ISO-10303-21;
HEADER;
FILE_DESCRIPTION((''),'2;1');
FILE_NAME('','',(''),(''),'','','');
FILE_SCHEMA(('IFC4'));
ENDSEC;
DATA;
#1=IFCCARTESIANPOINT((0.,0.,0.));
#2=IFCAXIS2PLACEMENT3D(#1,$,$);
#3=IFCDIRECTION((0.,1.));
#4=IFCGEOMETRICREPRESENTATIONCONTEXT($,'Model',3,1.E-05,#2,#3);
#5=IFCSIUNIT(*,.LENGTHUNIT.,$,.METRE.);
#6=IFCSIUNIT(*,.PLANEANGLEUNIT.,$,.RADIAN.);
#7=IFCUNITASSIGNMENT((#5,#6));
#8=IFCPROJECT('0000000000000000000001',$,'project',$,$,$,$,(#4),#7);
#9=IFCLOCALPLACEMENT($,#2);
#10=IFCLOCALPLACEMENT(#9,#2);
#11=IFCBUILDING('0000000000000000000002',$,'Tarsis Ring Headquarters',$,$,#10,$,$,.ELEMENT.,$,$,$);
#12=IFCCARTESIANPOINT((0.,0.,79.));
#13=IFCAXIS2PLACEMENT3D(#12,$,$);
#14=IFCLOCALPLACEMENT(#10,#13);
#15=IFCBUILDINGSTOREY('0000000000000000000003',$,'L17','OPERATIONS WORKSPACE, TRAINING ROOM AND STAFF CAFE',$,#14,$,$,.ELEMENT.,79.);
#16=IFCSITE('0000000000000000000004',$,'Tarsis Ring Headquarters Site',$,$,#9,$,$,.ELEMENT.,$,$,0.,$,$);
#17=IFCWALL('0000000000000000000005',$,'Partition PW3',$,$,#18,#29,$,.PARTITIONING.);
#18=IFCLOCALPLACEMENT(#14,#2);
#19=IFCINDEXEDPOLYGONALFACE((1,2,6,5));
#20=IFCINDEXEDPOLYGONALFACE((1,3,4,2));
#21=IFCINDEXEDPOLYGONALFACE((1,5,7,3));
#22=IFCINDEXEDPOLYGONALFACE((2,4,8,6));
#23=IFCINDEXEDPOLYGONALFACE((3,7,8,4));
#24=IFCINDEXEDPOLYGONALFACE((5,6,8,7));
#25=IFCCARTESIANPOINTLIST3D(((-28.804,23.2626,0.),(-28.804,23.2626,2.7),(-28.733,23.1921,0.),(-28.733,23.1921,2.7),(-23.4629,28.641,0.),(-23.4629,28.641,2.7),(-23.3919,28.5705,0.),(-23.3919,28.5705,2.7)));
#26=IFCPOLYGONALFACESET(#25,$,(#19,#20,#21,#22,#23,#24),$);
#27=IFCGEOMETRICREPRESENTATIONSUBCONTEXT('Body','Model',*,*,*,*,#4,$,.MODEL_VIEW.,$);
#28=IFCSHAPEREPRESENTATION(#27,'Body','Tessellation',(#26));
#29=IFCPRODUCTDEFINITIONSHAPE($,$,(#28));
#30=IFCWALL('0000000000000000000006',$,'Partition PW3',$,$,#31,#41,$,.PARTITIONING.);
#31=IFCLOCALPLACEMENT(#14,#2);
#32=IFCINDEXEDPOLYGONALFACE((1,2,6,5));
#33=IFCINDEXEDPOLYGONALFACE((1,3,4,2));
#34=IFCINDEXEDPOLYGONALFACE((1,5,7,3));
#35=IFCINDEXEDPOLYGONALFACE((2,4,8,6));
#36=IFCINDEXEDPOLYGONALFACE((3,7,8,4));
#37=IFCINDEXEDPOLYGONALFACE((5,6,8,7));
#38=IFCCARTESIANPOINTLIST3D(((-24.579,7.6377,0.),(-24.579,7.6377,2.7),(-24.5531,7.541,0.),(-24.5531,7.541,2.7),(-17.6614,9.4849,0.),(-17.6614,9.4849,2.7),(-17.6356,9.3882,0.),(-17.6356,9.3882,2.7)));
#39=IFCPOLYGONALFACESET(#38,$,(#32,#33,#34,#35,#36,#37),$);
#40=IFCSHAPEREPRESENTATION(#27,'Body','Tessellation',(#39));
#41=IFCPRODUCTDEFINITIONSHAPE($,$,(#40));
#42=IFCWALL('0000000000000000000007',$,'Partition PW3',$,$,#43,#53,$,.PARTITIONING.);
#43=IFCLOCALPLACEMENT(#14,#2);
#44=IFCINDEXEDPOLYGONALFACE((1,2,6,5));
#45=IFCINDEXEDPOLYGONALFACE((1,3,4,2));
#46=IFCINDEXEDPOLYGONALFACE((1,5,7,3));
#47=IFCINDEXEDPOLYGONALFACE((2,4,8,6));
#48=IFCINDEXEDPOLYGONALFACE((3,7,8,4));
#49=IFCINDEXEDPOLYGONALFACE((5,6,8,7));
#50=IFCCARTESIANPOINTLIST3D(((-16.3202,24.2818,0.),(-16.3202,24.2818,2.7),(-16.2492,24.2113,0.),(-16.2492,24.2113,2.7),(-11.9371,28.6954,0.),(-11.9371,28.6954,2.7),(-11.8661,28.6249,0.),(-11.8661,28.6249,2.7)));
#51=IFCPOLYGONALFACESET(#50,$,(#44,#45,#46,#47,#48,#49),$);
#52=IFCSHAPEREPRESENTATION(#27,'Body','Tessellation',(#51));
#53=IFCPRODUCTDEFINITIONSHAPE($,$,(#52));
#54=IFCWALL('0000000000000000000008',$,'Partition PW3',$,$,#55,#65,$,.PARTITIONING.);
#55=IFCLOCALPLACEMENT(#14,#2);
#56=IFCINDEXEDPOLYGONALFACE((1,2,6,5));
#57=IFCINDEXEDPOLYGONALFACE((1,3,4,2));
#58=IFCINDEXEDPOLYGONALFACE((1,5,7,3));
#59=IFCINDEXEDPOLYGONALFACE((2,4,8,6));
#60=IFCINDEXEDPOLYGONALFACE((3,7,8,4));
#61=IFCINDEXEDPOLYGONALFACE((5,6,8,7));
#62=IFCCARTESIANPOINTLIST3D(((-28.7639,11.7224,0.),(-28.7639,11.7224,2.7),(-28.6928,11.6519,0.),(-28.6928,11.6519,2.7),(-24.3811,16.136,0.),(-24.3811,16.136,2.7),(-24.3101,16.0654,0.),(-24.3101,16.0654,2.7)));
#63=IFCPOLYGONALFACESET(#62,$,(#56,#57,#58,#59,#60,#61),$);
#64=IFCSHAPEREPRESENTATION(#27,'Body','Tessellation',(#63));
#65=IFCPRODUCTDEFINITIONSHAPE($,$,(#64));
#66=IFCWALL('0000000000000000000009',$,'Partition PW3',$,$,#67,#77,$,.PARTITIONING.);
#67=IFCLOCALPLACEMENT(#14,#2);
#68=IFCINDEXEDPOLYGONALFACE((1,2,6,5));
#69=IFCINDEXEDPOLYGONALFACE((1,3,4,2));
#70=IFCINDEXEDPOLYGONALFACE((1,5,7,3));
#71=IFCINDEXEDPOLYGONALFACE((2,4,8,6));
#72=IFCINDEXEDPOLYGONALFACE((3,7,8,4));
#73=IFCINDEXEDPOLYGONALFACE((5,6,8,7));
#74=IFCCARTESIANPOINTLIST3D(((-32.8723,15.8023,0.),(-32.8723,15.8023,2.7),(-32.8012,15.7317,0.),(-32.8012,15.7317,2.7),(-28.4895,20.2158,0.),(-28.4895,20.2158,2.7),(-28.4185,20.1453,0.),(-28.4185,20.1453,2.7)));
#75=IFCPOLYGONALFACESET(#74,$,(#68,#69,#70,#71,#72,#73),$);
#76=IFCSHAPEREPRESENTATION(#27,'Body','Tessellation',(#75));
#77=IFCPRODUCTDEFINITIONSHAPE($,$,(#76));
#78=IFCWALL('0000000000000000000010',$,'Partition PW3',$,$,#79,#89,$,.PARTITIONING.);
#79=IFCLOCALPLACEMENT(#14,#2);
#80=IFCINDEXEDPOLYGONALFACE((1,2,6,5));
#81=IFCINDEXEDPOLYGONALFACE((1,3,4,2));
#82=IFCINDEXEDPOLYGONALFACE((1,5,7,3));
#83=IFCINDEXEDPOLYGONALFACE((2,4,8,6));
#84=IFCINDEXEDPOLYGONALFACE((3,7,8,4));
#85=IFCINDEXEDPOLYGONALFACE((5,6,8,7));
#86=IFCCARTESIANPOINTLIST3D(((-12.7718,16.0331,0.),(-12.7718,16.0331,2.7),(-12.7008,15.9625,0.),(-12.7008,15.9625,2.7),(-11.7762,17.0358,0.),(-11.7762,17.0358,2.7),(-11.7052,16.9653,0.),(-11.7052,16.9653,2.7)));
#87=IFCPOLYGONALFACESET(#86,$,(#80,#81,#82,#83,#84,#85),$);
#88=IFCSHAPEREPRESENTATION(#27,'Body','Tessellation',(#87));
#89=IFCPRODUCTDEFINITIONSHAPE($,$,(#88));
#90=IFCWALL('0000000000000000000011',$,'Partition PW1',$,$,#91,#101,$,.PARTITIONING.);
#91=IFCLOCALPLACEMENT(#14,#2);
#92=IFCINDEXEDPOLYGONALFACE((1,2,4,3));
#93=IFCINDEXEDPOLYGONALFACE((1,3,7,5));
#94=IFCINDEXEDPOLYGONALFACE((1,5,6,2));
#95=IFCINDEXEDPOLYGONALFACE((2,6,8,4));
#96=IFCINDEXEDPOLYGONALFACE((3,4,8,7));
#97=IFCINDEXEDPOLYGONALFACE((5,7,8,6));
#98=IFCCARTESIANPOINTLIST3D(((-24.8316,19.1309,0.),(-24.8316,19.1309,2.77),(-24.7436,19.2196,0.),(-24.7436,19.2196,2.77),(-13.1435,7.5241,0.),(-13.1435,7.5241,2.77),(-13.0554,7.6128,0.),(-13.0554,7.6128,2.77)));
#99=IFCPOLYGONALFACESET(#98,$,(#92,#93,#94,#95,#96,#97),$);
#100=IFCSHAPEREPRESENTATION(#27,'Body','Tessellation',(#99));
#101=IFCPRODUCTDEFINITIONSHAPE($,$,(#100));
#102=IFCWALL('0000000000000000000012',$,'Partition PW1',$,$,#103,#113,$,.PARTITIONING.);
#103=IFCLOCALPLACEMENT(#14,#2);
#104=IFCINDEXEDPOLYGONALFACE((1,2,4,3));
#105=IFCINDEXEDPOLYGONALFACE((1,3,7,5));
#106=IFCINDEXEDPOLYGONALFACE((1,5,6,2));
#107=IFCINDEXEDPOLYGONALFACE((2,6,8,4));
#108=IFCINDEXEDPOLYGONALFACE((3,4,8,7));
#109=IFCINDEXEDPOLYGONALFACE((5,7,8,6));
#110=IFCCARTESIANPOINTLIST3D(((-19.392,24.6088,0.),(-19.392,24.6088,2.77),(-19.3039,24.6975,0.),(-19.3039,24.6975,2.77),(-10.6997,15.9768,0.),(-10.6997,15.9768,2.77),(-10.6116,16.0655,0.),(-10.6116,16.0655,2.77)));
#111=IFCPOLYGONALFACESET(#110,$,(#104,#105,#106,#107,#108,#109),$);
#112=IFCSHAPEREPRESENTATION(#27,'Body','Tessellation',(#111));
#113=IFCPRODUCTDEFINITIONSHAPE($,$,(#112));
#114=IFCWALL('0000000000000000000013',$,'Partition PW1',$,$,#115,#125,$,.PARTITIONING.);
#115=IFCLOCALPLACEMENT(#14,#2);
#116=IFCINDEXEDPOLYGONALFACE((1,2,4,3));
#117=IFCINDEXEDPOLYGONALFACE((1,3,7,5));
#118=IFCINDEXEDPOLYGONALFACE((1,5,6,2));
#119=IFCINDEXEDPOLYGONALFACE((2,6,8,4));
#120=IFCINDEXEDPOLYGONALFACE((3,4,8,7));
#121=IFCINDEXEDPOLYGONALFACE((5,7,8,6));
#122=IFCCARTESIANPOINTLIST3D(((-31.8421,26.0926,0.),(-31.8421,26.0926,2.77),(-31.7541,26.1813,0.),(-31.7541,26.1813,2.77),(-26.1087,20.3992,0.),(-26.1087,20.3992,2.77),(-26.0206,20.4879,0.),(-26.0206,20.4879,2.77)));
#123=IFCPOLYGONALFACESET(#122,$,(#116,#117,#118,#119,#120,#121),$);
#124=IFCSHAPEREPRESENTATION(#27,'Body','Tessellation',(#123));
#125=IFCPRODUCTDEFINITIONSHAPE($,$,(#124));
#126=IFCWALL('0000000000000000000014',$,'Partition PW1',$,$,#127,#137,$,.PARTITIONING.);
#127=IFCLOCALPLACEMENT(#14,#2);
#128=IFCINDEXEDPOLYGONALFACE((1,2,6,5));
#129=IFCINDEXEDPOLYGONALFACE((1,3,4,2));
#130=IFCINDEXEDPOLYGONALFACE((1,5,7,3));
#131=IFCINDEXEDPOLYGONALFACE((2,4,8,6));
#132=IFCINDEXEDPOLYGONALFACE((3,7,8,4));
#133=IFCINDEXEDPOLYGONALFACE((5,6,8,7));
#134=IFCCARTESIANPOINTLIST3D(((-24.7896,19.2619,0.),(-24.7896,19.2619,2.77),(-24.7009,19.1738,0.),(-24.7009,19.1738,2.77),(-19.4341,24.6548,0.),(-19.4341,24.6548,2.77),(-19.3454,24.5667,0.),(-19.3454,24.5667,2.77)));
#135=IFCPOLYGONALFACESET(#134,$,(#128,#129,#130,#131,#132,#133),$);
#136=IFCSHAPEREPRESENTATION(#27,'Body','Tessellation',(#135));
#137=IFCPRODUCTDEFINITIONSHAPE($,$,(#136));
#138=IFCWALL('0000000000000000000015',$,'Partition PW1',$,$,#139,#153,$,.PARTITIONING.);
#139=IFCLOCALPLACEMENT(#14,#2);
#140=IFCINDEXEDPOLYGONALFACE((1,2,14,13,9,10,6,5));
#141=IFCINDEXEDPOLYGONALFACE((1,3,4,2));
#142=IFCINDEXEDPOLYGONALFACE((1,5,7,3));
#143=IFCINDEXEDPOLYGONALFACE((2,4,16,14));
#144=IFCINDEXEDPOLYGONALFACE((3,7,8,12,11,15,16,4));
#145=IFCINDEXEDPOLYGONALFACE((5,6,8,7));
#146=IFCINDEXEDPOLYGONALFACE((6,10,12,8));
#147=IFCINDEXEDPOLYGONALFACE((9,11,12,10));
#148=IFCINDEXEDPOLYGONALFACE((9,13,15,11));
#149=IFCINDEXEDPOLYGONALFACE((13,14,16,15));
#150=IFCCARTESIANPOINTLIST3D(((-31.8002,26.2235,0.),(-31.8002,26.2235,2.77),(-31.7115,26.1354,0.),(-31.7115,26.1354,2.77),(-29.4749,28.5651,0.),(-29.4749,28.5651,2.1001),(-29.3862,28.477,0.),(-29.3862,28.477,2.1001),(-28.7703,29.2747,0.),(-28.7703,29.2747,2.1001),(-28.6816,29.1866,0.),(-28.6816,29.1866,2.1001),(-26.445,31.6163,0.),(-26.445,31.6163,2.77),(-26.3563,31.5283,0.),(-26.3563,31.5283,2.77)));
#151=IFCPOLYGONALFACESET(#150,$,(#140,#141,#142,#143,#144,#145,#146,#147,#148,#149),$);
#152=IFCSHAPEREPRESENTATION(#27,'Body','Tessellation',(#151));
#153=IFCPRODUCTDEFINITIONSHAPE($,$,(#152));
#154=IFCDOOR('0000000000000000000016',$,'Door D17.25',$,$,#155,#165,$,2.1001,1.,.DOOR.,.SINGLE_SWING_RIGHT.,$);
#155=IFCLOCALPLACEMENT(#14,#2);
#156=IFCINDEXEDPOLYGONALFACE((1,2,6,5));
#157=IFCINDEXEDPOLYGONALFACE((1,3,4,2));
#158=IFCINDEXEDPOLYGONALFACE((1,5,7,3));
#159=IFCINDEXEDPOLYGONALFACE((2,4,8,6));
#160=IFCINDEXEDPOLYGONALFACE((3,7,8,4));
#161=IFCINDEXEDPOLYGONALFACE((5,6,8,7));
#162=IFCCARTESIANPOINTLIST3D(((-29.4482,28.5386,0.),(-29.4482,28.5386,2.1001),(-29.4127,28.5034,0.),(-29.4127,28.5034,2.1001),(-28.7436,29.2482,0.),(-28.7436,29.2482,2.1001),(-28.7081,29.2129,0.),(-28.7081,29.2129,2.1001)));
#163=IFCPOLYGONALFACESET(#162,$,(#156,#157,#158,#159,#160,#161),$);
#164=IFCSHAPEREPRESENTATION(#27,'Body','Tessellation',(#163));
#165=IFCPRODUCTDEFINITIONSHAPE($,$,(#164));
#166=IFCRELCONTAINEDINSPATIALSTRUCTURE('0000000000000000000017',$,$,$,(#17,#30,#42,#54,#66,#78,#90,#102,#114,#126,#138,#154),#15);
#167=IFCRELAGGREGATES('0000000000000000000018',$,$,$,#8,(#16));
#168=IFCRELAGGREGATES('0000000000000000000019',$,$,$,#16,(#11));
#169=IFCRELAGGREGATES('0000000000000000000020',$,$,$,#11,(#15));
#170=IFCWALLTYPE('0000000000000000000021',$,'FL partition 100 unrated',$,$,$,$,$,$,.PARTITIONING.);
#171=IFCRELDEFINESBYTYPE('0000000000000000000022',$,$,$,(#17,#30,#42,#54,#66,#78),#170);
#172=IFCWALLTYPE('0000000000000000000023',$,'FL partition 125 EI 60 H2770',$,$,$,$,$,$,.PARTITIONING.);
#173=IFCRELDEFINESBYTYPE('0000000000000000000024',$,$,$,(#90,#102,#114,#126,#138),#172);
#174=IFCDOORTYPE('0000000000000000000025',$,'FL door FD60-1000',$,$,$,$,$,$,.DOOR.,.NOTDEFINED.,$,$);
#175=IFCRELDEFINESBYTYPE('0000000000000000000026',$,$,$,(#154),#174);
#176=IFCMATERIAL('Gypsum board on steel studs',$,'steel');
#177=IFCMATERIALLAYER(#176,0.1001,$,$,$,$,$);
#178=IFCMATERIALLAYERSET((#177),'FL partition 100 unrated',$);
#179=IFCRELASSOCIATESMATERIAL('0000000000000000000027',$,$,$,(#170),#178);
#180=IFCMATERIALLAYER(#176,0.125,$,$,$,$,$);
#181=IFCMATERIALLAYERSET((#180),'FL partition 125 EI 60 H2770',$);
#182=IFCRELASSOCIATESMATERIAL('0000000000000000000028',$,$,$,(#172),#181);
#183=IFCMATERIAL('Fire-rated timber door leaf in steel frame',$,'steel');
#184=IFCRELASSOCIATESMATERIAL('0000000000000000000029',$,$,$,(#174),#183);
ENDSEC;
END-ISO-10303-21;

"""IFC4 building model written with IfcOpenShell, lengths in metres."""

from ifc_helpers import new_model, si_unit, direction, frame, frame_2d, origin, place, context, subcontext, project, spatial, rectangle, extrude, material, layer, layer_set, type_object, element, fill, save


model = new_model("IFC4")

# Units and contexts
model_context = context("Model", 3, precision=1e-05, world=origin(), true_north=direction((0.0, 1.0)))
body_context = subcontext(model_context, "Body", "Model", "MODEL_VIEW")
ifc_project = project(units=[si_unit("LENGTHUNIT", "METRE"), si_unit("PLANEANGLEUNIT", "RADIAN")], contexts=[model_context])

# Site, building, storey
site_placement = place(None, origin())
site = spatial("IfcSite", under=ifc_project, at=site_placement, Name="Tarsis Ring Headquarters Site", CompositionType="ELEMENT", RefElevation=0.0)
building_placement = place(site_placement, origin())
building = spatial("IfcBuilding", under=site, at=building_placement, Name="Tarsis Ring Headquarters", CompositionType="ELEMENT")
storey_placement = place(building_placement, frame((0.0, 0.0, 79.0)))
storey = spatial("IfcBuildingStorey", under=building, at=storey_placement, Name="L17", Description="OPERATIONS WORKSPACE, TRAINING ROOM AND STAFF CAFE", CompositionType="ELEMENT", Elevation=79.0)

# Walls
ifc_material_1 = material(Name="Gypsum board on steel studs", Category="steel")
ifc_layer_1 = layer(ifc_material_1, 0.1001)
ifc_layer_set_1 = layer_set([ifc_layer_1], Name="FL partition 100 unrated")
wall_type_1 = type_object("IfcWallType", Name="FL partition 100 unrated", PredefinedType="PARTITIONING", material=ifc_layer_set_1)
wall_1_placement = place(storey_placement, frame((-28.7686, 23.2273, 0.0), z_axis=(0.0, 0.0, 1.0), x_axis=(0.704638, 0.709566, 0.0)))
element("IfcWall", 1, at=wall_1_placement, inside=storey, type_object=wall_type_1, Name="Partition PW3", PredefinedType="PARTITIONING", context=body_context, shape_type="SweptSolid", body=[
    extrude(rectangle(XDim=7.5798, YDim=0.1001, at=frame_2d((3.79, 0.0))), origin(), (0.0, 0.0, 1.0), 2.7),
])
wall_2_placement = place(storey_placement, frame((-24.5662, 7.5894, 0.0), z_axis=(0.0, 0.0, 1.0), x_axis=(0.966148, 0.257989, 0.0)))
element("IfcWall", 2, at=wall_2_placement, inside=storey, type_object=wall_type_1, Name="Partition PW3", PredefinedType="PARTITIONING", context=body_context, shape_type="SweptSolid", body=[
    extrude(rectangle(XDim=7.1599, YDim=0.1001, at=frame_2d((3.5801, 0.0))), origin(), (0.0, 0.0, 1.0), 2.7),
])
wall_3_placement = place(storey_placement, frame((-16.2847, 24.2466, 0.0), z_axis=(0.0, 0.0, 1.0), x_axis=(0.704649, 0.709556, 0.0)))
element("IfcWall", 3, at=wall_3_placement, inside=storey, type_object=wall_type_1, Name="Partition PW3", PredefinedType="PARTITIONING", context=body_context, shape_type="SweptSolid", body=[
    extrude(rectangle(XDim=6.2202, YDim=0.1001, at=frame_2d((3.1101, 0.0))), origin(), (0.0, 0.0, 1.0), 2.7),
])
for number, where, z_axis, x_axis, name in (
    (4, (-28.7283, 11.6873, 0.0), (0.0, 0.0, 1.0), (0.70463, 0.709575, 0.0), "Partition PW3"),
    (5, (-32.8367, 15.7671, 0.0), (0.0, 0.0, 1.0), (0.70463, 0.709575, 0.0), "Partition PW3"),
):
    element("IfcWall", number, at=place(storey_placement, frame(where, z_axis=z_axis, x_axis=x_axis)), inside=storey, type_object=wall_type_1, Name=name, PredefinedType="PARTITIONING", context=body_context, shape_type="SweptSolid", body=[
        extrude(rectangle(XDim=6.22, YDim=0.1001, at=frame_2d((3.1099, 0.0))), origin(), (0.0, 0.0, 1.0), 2.7),
    ])
wall_4_placement = place(storey_placement, frame((-12.7363, 15.9978, 0.0), z_axis=(0.0, 0.0, 1.0), x_axis=(0.704597, 0.709608, 0.0)))
element("IfcWall", 6, at=wall_4_placement, inside=storey, type_object=wall_type_1, Name="Partition PW3", PredefinedType="PARTITIONING", context=body_context, shape_type="SweptSolid", body=[
    extrude(rectangle(XDim=1.4131, YDim=0.1001, at=frame_2d((0.7065, 0.0))), origin(), (0.0, 0.0, 1.0), 2.7),
])
ifc_layer_2 = layer(ifc_material_1, 0.125)
ifc_layer_set_2 = layer_set([ifc_layer_2], Name="FL partition 125 EI 60 H2770")
wall_type_2 = type_object("IfcWallType", Name="FL partition 125 EI 60 H2770", PredefinedType="PARTITIONING", material=ifc_layer_set_2)
wall_5_placement = place(storey_placement, frame((-24.7876, 19.1753, 0.0), z_axis=(0.0, 0.0, 1.0), x_axis=(0.70957, -0.704635, 0.0)))
element("IfcWall", 7, at=wall_5_placement, inside=storey, type_object=wall_type_2, Name="Partition PW1", PredefinedType="PARTITIONING", context=body_context, shape_type="SweptSolid", body=[
    extrude(rectangle(XDim=16.4722, YDim=0.125, at=frame_2d((8.2361, 0.0))), origin(), (0.0, 0.0, 1.0), 2.77),
])
wall_6_placement = place(storey_placement, frame((-19.3479, 24.6531, 0.0), z_axis=(0.0, 0.0, 1.0), x_axis=(0.709564, -0.704641, 0.0)))
element("IfcWall", 8, at=wall_6_placement, inside=storey, type_object=wall_type_2, Name="Partition PW1", PredefinedType="PARTITIONING", context=body_context, shape_type="SweptSolid", body=[
    extrude(rectangle(XDim=12.2502, YDim=0.125, at=frame_2d((6.125, 0.0))), origin(), (0.0, 0.0, 1.0), 2.77),
])
wall_7_placement = place(storey_placement, frame((-31.7981, 26.137, 0.0), z_axis=(0.0, 0.0, 1.0), x_axis=(0.70958, -0.704625, 0.0)))
element("IfcWall", 9, at=wall_7_placement, inside=storey, type_object=wall_type_2, Name="Partition PW1", PredefinedType="PARTITIONING", context=body_context, shape_type="SweptSolid", body=[
    extrude(rectangle(XDim=8.0801, YDim=0.125, at=frame_2d((4.04, 0.0))), origin(), (0.0, 0.0, 1.0), 2.77),
])
wall_8_placement = place(storey_placement, frame((-24.7454, 19.2178, 0.0), z_axis=(0.0, 0.0, 1.0), x_axis=(0.704645, 0.70956, 0.0)))
element("IfcWall", 10, at=wall_8_placement, inside=storey, type_object=wall_type_2, Name="Partition PW1", PredefinedType="PARTITIONING", context=body_context, shape_type="SweptSolid", body=[
    extrude(rectangle(XDim=7.6003, YDim=0.125, at=frame_2d((3.8003, 0.0))), origin(), (0.0, 0.0, 1.0), 2.77),
])

# Wall, opening, door
wall_9_placement = place(storey_placement, frame((-31.7559, 26.1794, 0.0), z_axis=(0.0, 0.0, 1.0), x_axis=(0.704629, 0.709576, 0.0)))
wall_9 = element("IfcWall", 11, at=wall_9_placement, inside=storey, type_object=wall_type_2, Name="Partition PW1", PredefinedType="PARTITIONING", context=body_context, shape_type="SweptSolid", body=[
    extrude(rectangle(XDim=7.6001, YDim=0.125, at=frame_2d((3.8, 0.0))), origin(), (0.0, 0.0, 1.0), 2.77),
])
opening_1_placement = place(wall_9_placement, frame((3.3, 0.0, 0.0)))
opening_1 = element("IfcOpeningElement", 12, at=opening_1_placement, cuts=wall_9, PredefinedType="OPENING", context=body_context, shape_type="SweptSolid", body=[
    extrude(rectangle(XDim=1.0, YDim=2.1001, at=frame_2d((0.5, 1.05))), frame((0.0, 0.0725, 0.0), z_axis=(0.0, -1.0, 0.0), x_axis=(1.0, 0.0, 0.0)), (0.0, 0.0, 1.0), 0.145),
])
ifc_material_2 = material(Name="Fire-rated timber door leaf in steel frame", Category="steel")
door_type = type_object("IfcDoorType", Name="FL door FD60-1000", OperationType="NOTDEFINED", PredefinedType="DOOR", material=ifc_material_2)
door_1_placement = place(opening_1_placement, origin())
door_1 = element("IfcDoor", 13, at=door_1_placement, inside=storey, type_object=door_type, Name="Door D17.25", OperationType="SINGLE_SWING_RIGHT", OverallHeight=2.1001, OverallWidth=1.0, PredefinedType="DOOR", context=body_context, shape_type="SweptSolid", body=[
    extrude(rectangle(XDim=1.0, YDim=2.1001, at=frame_2d((0.5, 1.05))), frame((0.0, 0.0249, 0.0), z_axis=(0.0, -1.0, 0.0), x_axis=(1.0, 0.0, 0.0)), (0.0, 0.0, 1.0), 0.05),
])
fill(opening_1, door_1)

save(model, "model.ifc")
